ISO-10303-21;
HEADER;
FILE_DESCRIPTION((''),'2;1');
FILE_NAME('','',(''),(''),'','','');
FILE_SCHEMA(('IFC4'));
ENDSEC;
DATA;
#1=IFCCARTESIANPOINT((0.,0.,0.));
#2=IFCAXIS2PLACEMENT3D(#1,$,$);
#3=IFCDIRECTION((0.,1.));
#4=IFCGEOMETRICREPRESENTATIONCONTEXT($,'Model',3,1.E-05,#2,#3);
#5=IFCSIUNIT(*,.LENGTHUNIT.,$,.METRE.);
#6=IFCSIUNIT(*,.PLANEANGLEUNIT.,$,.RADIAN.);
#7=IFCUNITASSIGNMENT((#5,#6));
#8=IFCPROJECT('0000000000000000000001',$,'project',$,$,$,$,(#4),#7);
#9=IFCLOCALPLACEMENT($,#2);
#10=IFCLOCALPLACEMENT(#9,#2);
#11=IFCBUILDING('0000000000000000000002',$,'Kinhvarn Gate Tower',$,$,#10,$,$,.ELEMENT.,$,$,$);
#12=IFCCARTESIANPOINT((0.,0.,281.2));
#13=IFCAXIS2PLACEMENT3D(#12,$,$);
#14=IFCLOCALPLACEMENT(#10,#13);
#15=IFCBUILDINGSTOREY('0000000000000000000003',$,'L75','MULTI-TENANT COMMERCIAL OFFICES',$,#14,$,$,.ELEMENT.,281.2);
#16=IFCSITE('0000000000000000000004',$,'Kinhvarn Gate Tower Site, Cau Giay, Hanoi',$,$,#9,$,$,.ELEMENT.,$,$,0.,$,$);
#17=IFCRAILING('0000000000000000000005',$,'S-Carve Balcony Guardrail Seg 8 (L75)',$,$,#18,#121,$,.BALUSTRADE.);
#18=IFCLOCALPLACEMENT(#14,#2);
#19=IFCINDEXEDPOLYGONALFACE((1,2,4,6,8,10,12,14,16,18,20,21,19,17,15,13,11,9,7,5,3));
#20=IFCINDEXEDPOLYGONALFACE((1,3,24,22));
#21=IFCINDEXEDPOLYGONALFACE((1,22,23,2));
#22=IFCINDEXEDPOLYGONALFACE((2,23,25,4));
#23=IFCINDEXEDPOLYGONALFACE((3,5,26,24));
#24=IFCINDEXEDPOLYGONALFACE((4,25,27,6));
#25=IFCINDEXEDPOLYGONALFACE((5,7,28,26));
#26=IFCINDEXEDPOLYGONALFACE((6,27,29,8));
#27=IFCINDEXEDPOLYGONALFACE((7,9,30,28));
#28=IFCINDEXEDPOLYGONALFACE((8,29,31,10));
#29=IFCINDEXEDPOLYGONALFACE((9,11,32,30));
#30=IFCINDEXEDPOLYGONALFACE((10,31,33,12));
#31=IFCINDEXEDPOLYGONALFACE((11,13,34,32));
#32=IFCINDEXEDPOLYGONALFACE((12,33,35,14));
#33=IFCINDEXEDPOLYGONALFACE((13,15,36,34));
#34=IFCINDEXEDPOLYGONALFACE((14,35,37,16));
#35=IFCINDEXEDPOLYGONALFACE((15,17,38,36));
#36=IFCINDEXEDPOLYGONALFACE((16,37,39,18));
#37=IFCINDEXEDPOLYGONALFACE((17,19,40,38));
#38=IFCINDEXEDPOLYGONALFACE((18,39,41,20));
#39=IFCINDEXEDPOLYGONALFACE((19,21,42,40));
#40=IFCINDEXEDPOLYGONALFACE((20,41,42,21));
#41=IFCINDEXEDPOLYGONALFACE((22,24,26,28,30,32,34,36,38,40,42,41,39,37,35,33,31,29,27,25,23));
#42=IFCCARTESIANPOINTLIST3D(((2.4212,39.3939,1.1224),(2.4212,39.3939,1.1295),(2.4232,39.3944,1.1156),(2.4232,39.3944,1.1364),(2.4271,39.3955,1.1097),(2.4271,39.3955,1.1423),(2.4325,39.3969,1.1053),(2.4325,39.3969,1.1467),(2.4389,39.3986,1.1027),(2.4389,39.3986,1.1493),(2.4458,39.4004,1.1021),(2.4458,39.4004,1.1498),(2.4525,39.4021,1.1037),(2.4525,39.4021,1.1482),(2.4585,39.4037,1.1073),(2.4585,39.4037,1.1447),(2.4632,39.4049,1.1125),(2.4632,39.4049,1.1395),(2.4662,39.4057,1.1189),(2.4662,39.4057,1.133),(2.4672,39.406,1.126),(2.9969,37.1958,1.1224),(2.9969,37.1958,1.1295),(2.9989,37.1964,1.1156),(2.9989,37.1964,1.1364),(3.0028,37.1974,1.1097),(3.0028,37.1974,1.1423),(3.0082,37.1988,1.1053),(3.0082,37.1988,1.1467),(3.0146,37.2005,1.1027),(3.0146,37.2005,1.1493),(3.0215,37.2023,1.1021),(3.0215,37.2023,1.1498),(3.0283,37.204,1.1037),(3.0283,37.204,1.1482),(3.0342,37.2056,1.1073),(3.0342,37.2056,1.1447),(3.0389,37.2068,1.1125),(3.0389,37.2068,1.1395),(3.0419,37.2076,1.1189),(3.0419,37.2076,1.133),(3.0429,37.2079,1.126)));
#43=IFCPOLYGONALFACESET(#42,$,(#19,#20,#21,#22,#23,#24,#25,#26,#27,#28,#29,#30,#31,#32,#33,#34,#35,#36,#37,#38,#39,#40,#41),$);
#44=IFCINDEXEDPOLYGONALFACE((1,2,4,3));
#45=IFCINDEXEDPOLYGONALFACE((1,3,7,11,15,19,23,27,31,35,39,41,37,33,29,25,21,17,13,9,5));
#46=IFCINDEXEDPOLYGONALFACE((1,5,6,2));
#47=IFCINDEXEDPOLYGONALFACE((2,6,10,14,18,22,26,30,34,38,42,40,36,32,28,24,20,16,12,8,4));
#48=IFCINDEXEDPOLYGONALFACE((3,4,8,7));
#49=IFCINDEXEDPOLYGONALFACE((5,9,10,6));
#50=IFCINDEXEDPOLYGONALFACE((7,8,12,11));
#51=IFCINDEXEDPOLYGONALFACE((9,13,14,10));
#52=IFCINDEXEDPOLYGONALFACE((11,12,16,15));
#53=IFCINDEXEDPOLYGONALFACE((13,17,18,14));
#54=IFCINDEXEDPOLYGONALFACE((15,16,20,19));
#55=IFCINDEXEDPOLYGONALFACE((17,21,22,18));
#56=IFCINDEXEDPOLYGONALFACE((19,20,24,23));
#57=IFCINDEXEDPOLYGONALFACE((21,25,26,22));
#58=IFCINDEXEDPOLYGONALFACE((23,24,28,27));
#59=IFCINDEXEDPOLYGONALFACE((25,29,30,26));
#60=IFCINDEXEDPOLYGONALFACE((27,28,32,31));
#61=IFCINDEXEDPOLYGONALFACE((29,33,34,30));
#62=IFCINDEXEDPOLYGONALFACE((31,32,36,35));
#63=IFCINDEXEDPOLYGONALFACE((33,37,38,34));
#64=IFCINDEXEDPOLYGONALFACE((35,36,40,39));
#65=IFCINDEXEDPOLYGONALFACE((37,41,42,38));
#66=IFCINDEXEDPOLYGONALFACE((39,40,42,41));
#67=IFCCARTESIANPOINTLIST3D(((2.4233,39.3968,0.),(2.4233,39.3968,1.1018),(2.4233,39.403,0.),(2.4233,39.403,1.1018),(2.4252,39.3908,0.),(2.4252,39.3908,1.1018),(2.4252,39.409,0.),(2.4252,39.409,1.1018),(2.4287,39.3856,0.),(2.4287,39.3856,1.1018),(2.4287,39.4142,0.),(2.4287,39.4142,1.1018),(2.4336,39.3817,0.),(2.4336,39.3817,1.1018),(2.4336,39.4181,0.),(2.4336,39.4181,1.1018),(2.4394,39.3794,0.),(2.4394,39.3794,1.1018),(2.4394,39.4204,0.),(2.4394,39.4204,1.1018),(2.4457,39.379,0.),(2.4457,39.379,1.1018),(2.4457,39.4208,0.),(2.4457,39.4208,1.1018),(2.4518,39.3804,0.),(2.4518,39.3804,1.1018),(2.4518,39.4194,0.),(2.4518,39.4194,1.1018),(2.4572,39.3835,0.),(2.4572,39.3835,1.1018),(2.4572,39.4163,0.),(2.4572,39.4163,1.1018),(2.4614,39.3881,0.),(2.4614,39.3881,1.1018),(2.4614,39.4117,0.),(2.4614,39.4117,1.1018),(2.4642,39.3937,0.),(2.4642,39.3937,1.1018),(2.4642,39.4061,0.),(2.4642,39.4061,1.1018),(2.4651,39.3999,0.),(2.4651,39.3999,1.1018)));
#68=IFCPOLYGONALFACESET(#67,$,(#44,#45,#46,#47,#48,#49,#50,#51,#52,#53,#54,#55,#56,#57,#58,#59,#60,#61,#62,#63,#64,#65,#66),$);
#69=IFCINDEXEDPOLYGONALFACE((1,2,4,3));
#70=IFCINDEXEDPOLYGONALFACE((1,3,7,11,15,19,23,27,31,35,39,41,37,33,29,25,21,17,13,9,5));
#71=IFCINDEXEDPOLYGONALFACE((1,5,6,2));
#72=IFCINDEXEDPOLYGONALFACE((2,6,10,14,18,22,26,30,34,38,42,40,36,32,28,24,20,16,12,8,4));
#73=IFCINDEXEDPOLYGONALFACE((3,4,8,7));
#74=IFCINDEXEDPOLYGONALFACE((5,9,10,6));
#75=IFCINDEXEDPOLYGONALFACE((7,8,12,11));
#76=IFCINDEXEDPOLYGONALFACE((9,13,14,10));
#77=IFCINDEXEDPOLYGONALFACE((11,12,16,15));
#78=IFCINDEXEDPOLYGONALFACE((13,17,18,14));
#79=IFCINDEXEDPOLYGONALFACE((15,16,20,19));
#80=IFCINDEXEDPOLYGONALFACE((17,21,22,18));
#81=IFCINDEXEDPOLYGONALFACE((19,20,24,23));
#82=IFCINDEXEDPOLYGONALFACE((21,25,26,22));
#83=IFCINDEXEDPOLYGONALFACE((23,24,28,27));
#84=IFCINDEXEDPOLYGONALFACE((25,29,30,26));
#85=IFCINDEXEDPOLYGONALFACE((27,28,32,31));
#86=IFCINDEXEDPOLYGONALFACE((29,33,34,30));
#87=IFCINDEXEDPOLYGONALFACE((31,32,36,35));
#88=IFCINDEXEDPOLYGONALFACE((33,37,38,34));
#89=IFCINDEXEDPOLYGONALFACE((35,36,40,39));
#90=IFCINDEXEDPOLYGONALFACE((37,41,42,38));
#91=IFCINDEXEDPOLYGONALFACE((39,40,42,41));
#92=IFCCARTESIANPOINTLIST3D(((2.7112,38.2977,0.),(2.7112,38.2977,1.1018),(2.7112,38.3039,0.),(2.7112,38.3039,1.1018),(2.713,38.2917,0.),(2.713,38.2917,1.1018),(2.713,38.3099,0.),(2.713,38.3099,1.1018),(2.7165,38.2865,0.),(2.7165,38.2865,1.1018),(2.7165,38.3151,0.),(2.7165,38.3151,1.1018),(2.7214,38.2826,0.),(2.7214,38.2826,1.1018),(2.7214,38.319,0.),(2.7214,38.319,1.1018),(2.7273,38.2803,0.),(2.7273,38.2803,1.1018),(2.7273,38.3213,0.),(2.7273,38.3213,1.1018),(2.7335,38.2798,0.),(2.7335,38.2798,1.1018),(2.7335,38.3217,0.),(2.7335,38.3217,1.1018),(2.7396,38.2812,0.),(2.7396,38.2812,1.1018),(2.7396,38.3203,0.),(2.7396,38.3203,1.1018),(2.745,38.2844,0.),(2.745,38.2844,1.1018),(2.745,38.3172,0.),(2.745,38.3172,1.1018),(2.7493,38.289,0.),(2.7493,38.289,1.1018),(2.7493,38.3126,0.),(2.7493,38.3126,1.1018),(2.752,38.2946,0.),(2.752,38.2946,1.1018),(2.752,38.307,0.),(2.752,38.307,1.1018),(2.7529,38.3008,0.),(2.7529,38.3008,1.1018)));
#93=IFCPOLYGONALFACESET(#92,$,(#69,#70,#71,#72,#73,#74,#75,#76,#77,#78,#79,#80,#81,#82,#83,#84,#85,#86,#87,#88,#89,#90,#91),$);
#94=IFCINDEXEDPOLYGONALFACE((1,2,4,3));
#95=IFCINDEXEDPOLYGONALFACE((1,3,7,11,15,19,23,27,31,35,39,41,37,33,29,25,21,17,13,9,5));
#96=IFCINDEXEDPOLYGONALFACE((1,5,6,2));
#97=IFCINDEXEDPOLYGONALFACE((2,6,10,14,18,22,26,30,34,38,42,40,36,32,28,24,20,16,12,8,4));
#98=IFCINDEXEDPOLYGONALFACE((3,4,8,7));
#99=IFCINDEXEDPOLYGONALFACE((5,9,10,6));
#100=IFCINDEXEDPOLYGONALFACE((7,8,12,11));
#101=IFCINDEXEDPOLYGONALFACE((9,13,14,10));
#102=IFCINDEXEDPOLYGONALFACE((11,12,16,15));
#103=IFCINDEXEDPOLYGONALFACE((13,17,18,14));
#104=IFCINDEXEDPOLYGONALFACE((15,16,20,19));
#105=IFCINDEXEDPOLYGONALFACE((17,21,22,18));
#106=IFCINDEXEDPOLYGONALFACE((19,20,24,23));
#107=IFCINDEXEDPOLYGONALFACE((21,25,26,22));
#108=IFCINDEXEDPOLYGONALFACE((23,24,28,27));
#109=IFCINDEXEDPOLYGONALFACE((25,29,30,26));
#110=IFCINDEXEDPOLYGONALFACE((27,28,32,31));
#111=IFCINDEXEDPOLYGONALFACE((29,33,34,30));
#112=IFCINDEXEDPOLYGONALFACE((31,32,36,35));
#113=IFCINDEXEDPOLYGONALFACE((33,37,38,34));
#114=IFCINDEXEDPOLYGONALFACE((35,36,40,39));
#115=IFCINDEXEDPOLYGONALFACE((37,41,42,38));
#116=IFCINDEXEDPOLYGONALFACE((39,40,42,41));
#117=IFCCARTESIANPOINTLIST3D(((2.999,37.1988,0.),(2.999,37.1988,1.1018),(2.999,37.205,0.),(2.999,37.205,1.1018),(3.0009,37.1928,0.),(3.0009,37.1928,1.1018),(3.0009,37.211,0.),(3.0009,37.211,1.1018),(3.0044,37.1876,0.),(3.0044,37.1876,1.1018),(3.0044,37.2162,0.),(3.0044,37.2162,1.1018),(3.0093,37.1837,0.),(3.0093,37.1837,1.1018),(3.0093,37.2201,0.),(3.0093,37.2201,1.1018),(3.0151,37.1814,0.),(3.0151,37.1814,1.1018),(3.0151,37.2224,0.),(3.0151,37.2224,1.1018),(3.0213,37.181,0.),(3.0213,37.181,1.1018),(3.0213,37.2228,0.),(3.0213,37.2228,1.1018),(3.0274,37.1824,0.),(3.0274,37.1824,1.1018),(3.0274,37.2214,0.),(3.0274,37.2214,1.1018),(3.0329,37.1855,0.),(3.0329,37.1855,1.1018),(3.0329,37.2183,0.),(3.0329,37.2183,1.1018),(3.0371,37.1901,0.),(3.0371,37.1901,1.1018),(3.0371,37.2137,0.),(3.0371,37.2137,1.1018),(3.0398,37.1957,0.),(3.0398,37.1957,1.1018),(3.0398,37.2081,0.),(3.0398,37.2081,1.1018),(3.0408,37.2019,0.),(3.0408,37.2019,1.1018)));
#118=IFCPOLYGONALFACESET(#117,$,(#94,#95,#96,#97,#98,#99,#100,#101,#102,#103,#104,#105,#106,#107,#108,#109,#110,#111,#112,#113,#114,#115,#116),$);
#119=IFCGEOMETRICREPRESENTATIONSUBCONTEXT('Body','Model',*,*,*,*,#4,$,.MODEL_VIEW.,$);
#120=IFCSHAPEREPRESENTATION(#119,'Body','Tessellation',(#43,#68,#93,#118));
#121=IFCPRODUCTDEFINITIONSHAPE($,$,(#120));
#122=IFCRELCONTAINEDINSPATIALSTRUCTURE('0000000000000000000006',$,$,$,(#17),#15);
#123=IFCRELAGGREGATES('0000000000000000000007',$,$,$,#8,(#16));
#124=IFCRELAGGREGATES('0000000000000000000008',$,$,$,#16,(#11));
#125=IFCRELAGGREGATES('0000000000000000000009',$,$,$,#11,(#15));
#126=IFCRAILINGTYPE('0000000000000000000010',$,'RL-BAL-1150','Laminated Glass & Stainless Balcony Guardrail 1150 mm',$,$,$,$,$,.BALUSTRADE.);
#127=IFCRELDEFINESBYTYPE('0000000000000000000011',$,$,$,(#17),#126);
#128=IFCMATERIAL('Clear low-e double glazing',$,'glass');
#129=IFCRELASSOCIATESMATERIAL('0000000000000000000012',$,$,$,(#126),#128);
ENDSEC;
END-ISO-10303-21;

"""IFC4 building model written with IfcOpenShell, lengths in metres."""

from ifc_helpers import new_model, si_unit, direction, frame, origin, origin_2d, place, context, subcontext, project, spatial, circle, extrude, material, type_object, element, save


model = new_model("IFC4")

# Units and contexts
model_context = context("Model", 3, precision=1e-05, world=origin(), true_north=direction((0.0, 1.0)))
body_context = subcontext(model_context, "Body", "Model", "MODEL_VIEW")
ifc_project = project(units=[si_unit("LENGTHUNIT", "METRE"), si_unit("PLANEANGLEUNIT", "RADIAN")], contexts=[model_context])

# Site, building, storey
site_placement = place(None, origin())
site = spatial("IfcSite", under=ifc_project, at=site_placement, Name="Kinhvarn Gate Tower Site, Cau Giay, Hanoi", CompositionType="ELEMENT", RefElevation=0.0)
building_placement = place(site_placement, origin())
building = spatial("IfcBuilding", under=site, at=building_placement, Name="Kinhvarn Gate Tower", CompositionType="ELEMENT")
storey_placement = place(building_placement, frame((0.0, 0.0, 281.2)))
storey = spatial("IfcBuildingStorey", under=building, at=storey_placement, Name="L75", Description="MULTI-TENANT COMMERCIAL OFFICES", CompositionType="ELEMENT", Elevation=281.2)

# Shared definitions
ifc_material_1 = material(Name="Clear low-e double glazing", Category="glass")

# Railing
railing_type = type_object("IfcRailingType", Name="RL-BAL-1150", Description="Laminated Glass & Stainless Balcony Guardrail 1150 mm", PredefinedType="BALUSTRADE", material=ifc_material_1)
railing_1_placement = place(storey_placement, frame((2.4441, 39.3999, 0.0)))
element("IfcRailing", 1, at=railing_1_placement, inside=storey, type_object=railing_type, Name="S-Carve Balcony Guardrail Seg 8 (L75)", PredefinedType="BALUSTRADE", context=body_context, shape_type="SweptSolid", body=[
    extrude(circle(Radius=0.0239, at=origin_2d()), frame((0.0, 0.0, 1.126), z_axis=(0.253367, -0.96737, 0.0), x_axis=(0.96737, 0.253367, 0.0)), (0.0, 0.0, 1.0), 2.2722),
    extrude(circle(Radius=0.021, at=origin_2d()), origin(), (0.0, 0.0, 1.0), 1.1018),
    extrude(circle(Radius=0.021, at=origin_2d()), frame((0.2878, -1.0991, 0.0)), (0.0, 0.0, 1.0), 1.1018),
    extrude(circle(Radius=0.021, at=origin_2d()), frame((0.5757, -2.198, 0.0)), (0.0, 0.0, 1.0), 1.1018),
])

save(model, "model.ifc")
